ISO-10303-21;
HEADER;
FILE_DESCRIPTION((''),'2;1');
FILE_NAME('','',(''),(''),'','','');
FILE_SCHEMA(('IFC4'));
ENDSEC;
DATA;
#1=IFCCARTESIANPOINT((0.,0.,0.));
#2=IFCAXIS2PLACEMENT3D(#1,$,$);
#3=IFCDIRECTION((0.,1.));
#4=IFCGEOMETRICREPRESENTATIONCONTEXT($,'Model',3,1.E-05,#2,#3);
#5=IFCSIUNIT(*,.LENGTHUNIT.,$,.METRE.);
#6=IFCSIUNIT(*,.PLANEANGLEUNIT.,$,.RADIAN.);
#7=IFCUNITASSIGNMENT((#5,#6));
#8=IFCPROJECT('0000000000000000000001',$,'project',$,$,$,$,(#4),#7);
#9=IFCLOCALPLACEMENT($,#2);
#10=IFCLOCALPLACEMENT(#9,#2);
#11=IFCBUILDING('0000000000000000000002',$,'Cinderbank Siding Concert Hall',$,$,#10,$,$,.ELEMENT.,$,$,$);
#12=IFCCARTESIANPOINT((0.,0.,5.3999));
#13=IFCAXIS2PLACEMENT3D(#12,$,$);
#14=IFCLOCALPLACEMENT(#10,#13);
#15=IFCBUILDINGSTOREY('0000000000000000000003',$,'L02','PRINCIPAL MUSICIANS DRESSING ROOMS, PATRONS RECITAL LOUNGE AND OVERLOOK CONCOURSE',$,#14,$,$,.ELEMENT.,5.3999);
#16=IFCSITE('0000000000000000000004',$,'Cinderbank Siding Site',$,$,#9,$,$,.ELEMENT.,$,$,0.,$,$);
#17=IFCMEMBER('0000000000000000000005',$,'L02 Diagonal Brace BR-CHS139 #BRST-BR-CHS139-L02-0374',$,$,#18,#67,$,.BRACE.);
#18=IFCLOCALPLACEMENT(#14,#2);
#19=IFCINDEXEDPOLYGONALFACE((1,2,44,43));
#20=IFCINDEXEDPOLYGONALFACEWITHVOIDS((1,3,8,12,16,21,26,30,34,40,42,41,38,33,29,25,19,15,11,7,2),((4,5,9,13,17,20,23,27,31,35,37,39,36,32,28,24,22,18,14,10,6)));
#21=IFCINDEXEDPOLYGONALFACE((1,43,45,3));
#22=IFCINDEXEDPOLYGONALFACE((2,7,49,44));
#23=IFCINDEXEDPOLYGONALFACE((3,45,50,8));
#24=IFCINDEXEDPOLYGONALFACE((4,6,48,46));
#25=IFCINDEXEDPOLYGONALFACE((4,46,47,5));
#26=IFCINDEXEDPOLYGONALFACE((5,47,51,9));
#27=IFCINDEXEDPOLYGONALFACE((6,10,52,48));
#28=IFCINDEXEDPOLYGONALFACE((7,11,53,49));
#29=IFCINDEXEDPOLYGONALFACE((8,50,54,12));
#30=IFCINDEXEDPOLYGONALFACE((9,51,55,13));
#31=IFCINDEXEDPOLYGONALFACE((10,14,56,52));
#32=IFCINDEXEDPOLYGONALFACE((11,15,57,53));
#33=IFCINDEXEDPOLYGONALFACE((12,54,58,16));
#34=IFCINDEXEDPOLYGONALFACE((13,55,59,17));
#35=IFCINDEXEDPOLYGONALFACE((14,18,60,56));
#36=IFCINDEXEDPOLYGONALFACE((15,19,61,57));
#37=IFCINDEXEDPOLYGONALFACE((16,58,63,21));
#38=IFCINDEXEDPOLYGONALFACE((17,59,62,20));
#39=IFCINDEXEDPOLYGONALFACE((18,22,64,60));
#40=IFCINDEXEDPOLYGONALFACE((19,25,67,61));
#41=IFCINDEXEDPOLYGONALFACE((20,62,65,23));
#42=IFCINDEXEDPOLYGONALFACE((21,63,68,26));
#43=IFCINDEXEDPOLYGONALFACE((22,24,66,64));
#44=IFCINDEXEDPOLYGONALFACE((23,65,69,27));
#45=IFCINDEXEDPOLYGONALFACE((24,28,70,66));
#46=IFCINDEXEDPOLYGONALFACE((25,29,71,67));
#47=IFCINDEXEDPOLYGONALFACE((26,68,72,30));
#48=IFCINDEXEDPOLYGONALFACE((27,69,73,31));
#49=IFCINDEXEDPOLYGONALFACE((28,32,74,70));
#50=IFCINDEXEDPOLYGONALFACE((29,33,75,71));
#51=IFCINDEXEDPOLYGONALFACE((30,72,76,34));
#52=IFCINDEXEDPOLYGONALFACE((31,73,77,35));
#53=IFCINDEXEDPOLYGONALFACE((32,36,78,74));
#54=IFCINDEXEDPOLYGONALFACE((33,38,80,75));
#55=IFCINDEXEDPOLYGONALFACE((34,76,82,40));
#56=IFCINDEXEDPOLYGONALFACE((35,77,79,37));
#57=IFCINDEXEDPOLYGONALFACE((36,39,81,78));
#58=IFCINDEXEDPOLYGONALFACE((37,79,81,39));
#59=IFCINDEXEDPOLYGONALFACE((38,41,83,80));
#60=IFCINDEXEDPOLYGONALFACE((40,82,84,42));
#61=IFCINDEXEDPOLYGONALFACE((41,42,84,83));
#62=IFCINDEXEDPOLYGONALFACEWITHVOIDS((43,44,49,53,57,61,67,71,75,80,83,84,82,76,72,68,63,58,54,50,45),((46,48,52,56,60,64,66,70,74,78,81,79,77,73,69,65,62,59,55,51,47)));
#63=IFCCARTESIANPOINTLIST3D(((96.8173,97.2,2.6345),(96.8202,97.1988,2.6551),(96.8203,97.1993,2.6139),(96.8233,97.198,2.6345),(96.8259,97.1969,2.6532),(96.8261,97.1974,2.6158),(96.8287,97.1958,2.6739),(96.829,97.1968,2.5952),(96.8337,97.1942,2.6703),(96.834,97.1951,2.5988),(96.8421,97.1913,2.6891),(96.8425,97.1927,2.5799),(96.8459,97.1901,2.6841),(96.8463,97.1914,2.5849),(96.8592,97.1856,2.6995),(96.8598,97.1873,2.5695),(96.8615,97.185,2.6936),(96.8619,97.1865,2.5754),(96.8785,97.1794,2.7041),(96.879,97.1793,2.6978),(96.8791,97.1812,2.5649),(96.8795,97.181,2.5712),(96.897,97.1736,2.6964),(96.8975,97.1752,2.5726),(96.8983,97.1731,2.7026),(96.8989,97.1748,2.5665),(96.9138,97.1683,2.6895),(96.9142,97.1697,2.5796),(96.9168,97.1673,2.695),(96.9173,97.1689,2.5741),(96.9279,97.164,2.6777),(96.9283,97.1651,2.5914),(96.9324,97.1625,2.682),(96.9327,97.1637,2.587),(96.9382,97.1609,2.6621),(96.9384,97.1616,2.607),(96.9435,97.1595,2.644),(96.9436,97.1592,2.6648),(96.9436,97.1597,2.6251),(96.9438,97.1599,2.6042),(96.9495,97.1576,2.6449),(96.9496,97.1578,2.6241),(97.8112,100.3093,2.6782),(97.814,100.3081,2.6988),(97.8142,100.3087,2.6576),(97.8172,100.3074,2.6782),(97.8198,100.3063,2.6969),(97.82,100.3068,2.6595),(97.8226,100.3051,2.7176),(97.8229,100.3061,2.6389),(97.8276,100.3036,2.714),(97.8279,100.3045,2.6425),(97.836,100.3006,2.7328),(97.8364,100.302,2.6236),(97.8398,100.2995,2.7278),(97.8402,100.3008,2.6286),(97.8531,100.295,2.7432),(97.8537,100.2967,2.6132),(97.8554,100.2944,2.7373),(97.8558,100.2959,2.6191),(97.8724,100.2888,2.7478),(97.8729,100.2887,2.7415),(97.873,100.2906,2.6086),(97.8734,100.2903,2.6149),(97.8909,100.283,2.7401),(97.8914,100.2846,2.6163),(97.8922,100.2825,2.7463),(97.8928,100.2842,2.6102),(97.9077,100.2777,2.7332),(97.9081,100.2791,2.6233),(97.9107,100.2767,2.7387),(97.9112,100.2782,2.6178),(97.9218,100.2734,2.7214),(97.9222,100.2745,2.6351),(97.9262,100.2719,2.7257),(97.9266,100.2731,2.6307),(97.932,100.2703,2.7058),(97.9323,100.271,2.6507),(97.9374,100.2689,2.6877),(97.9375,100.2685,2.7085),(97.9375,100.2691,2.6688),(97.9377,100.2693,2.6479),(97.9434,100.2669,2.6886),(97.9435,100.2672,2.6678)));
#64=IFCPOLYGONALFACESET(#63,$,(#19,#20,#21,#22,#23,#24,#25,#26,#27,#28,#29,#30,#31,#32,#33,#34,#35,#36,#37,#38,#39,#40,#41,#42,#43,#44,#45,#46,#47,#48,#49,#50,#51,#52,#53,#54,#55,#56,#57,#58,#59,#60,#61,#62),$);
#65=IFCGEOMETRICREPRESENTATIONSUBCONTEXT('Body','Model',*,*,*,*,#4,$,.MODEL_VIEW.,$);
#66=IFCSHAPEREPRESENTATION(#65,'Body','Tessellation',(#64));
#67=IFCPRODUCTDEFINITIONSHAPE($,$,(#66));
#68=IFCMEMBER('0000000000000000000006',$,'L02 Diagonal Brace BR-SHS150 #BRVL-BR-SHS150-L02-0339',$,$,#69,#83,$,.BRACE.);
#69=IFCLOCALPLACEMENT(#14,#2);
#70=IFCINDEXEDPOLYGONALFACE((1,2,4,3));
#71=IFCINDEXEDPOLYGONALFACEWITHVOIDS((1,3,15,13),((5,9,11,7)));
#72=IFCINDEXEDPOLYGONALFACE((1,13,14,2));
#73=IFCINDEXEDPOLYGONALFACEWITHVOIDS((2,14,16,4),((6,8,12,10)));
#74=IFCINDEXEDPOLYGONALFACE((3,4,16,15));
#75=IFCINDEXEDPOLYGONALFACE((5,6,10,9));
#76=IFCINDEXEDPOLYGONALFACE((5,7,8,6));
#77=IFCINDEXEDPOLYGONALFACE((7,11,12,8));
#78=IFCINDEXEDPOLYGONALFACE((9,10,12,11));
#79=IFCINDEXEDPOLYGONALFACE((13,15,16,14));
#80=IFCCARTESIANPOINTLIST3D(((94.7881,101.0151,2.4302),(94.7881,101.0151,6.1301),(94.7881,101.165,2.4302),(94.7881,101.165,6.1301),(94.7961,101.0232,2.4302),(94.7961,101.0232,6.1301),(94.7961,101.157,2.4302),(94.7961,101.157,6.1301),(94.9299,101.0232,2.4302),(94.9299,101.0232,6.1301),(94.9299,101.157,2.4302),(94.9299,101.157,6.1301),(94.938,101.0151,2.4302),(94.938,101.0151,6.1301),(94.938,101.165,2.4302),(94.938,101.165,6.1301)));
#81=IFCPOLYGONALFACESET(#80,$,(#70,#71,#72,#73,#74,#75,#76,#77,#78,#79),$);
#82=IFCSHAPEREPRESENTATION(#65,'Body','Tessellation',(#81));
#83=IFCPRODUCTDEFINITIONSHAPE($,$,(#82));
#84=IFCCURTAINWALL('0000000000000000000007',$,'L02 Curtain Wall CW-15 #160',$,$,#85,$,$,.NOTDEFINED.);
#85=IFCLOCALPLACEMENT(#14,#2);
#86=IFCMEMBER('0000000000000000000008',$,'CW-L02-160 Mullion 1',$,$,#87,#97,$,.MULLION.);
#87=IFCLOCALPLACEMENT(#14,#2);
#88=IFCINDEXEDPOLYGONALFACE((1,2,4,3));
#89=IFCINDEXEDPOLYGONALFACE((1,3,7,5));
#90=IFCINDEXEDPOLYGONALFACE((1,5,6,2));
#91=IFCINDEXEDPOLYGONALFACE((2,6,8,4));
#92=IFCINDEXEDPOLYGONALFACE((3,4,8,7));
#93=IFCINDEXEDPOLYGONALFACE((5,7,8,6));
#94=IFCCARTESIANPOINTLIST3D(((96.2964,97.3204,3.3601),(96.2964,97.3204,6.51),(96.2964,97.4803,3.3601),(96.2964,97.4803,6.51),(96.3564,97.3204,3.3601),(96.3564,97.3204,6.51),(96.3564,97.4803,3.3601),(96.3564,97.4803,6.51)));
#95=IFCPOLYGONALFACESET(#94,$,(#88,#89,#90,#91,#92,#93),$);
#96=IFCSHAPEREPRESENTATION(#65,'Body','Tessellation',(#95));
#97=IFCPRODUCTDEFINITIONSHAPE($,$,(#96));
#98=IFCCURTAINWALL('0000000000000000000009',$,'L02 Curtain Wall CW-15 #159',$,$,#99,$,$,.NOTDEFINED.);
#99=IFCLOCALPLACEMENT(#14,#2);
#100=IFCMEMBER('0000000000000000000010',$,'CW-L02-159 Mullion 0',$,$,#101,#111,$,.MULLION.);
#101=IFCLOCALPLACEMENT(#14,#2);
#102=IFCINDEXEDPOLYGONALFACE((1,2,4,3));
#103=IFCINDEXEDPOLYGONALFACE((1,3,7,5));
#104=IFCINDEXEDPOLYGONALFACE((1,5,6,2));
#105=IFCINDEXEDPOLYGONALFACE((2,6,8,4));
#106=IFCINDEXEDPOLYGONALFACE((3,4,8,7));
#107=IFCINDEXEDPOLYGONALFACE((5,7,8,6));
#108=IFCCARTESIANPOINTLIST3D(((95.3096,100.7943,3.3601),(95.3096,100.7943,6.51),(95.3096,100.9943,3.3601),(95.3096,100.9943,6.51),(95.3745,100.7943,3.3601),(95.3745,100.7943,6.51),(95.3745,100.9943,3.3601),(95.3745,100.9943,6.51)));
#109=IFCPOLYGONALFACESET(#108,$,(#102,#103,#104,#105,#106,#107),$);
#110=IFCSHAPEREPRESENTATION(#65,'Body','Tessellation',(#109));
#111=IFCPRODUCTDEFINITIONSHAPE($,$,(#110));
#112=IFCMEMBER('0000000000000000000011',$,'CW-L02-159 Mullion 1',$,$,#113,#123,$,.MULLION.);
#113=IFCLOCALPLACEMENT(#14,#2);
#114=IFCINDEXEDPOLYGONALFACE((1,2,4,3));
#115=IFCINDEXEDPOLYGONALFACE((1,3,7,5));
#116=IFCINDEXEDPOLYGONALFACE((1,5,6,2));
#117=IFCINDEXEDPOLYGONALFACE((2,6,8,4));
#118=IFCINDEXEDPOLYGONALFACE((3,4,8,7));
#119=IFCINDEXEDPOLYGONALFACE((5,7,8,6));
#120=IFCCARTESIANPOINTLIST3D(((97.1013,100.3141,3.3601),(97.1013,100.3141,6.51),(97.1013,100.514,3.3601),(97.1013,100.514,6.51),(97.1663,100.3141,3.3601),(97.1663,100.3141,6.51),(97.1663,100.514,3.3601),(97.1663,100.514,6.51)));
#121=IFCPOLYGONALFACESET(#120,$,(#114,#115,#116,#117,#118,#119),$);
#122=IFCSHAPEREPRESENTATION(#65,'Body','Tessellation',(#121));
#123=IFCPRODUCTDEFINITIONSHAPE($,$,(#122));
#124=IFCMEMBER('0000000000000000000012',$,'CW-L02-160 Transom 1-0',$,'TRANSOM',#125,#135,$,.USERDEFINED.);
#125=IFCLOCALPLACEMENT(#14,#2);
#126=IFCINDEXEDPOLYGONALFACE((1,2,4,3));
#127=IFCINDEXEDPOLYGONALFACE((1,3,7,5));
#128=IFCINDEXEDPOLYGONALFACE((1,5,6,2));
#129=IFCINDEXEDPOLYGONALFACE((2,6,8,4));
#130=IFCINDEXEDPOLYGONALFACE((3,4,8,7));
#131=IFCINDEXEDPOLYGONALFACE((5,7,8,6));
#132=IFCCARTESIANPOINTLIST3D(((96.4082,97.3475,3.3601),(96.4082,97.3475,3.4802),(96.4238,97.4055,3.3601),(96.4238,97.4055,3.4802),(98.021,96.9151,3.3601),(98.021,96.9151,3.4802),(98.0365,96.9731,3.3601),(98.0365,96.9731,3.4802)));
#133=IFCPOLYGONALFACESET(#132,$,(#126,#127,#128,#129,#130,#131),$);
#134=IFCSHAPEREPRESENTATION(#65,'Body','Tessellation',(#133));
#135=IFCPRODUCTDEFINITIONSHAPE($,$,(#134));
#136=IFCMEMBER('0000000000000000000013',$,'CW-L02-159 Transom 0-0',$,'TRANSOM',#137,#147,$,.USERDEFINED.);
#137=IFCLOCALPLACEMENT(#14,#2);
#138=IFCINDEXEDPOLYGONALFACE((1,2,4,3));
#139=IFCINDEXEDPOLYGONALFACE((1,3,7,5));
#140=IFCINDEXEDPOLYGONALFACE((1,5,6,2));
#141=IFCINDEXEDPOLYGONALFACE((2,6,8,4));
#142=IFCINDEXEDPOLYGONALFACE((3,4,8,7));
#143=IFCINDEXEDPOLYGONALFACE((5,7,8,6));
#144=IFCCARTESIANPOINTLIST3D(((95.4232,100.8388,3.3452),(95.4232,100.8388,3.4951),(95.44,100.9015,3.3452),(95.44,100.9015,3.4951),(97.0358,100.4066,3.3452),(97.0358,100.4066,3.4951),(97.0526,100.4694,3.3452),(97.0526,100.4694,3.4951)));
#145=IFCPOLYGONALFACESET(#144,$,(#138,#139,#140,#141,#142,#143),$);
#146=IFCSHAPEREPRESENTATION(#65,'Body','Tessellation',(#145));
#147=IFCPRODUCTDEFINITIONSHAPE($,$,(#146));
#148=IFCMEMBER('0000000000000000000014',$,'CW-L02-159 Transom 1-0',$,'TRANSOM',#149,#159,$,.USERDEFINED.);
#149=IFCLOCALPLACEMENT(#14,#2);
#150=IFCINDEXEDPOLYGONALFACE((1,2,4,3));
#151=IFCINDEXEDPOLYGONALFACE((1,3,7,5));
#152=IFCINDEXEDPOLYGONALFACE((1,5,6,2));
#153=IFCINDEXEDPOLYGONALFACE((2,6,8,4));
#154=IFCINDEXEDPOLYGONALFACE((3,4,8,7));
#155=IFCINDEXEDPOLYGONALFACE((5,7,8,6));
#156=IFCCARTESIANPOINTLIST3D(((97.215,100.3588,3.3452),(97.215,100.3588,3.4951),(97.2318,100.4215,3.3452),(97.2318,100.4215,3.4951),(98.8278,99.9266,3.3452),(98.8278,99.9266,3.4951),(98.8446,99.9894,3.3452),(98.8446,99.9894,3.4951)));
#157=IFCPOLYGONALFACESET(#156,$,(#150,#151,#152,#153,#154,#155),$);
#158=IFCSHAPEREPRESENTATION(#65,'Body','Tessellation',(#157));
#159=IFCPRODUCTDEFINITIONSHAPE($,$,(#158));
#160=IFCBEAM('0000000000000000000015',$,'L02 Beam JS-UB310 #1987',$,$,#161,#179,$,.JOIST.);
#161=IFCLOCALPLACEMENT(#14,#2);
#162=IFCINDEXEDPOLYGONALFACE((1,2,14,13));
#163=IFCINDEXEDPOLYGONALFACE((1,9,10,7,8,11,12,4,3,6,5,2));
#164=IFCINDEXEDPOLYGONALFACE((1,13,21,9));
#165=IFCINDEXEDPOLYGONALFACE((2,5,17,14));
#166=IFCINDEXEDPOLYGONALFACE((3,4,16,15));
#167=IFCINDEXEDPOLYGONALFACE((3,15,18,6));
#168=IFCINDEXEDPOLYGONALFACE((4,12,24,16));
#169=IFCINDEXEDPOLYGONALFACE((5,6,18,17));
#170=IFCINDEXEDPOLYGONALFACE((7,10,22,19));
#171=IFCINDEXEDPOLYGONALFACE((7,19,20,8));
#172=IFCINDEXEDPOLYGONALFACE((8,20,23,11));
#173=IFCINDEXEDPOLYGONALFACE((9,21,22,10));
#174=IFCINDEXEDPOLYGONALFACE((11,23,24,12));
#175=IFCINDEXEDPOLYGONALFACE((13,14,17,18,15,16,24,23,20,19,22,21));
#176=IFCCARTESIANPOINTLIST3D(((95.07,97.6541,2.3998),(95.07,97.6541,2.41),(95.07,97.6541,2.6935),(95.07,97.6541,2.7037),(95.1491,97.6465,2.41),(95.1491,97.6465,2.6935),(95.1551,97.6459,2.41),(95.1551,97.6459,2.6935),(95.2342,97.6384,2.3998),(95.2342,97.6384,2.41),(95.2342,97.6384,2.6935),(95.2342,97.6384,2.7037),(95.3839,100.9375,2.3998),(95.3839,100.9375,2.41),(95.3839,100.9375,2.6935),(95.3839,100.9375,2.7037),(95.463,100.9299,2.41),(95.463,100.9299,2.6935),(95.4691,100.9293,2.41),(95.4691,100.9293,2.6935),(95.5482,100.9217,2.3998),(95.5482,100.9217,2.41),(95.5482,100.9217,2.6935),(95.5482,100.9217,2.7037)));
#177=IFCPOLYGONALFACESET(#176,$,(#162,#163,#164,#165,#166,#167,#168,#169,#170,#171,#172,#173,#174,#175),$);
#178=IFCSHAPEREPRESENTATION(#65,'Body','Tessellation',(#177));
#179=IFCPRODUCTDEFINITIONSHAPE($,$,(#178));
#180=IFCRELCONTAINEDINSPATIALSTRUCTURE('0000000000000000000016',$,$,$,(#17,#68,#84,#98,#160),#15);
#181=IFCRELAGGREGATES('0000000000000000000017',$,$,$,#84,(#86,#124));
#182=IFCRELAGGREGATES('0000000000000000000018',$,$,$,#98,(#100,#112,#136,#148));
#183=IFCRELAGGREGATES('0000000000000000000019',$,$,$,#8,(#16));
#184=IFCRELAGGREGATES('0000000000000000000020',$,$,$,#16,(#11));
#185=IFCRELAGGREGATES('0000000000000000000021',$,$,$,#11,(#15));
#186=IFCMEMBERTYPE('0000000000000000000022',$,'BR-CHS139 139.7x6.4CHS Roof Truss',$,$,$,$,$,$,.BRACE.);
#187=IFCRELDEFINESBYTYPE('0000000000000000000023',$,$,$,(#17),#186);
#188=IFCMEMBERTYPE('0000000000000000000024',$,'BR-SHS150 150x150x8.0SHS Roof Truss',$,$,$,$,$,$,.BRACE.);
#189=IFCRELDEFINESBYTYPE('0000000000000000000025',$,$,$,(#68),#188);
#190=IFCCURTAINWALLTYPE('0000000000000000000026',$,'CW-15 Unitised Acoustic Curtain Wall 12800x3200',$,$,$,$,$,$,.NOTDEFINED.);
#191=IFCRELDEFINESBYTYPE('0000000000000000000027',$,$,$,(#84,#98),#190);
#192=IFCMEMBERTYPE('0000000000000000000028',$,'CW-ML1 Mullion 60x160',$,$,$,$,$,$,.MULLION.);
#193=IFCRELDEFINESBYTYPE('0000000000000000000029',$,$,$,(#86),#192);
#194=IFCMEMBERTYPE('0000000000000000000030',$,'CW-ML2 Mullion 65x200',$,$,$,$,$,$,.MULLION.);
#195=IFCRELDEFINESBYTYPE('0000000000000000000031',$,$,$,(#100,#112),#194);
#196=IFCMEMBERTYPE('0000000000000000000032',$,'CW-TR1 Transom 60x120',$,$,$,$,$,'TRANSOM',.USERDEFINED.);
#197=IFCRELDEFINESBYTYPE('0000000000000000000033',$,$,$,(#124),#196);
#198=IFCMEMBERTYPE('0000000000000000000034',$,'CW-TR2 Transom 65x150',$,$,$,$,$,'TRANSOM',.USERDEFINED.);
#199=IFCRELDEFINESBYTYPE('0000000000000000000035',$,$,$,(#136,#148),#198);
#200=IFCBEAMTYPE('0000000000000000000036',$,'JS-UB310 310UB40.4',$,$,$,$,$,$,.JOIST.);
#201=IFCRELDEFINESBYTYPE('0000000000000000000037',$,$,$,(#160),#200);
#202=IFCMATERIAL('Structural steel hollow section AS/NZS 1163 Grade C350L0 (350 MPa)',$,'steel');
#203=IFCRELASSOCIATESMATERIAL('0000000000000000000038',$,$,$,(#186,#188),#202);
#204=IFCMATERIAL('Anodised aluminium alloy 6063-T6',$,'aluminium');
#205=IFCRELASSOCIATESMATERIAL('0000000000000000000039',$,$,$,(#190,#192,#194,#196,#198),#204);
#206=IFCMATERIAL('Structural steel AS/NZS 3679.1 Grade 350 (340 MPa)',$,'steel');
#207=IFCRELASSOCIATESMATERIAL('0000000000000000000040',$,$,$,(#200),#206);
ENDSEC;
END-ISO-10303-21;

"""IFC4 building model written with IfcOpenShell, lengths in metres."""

from ifc_helpers import new_model, si_unit, direction, frame, origin, origin_2d, place, context, subcontext, project, spatial, rectangle, hollow_rectangle, hollow_circle, i_section, extrude, material, material_profile, profile_set, type_object, element, aggregate, save


model = new_model("IFC4")

# Units and contexts
model_context = context("Model", 3, precision=1e-05, world=origin(), true_north=direction((0.0, 1.0)))
body_context = subcontext(model_context, "Body", "Model", "MODEL_VIEW")
ifc_project = project(units=[si_unit("LENGTHUNIT", "METRE"), si_unit("PLANEANGLEUNIT", "RADIAN")], contexts=[model_context])

# Site, building, storey
site_placement = place(None, origin())
site = spatial("IfcSite", under=ifc_project, at=site_placement, Name="Cinderbank Siding Site", CompositionType="ELEMENT", RefElevation=0.0)
building_placement = place(site_placement, origin())
building = spatial("IfcBuilding", under=site, at=building_placement, Name="Cinderbank Siding Concert Hall", CompositionType="ELEMENT")
storey_placement = place(building_placement, frame((0.0, 0.0, 5.3999)))
storey = spatial("IfcBuildingStorey", under=building, at=storey_placement, Name="L02", Description="PRINCIPAL MUSICIANS DRESSING ROOMS, PATRONS RECITAL LOUNGE AND OVERLOOK CONCOURSE", CompositionType="ELEMENT", Elevation=5.3999)

# Members
ifc_material_1 = material(Name="Structural steel hollow section AS/NZS 1163 Grade C350L0 (350 MPa)", Category="steel")
ifc_material_profile_1 = material_profile(ifc_material_1, hollow_circle(Radius=0.0698, WallThickness=0.0063, at=origin_2d()), Name="139.7x6.4CHS", Category="LoadBearing")
ifc_profile_set_1 = profile_set([ifc_material_profile_1], Name="Structural steel hollow section AS/NZS 1163 Grade C350L0 (350 MPa)")
member_type_1 = type_object("IfcMemberType", Name="BR-CHS139 139.7x6.4CHS Roof Truss", PredefinedType="BRACE", material=ifc_profile_set_1)
member_1_placement = place(storey_placement, frame((96.8838, 97.1787, 2.6345), z_axis=(0.304442, 0.952437, 0.013386), x_axis=(-0.952522, 0.304469, 0.0)))
element("IfcMember", 1, at=member_1_placement, inside=storey, type_object=member_type_1, Name="L02 Diagonal Brace BR-CHS139 #BRST-BR-CHS139-L02-0374", PredefinedType="BRACE", context=body_context, shape_type="SweptSolid", body=[
    extrude(hollow_circle(Radius=0.0698, WallThickness=0.0063, at=origin_2d()), origin(), (0.0, 0.0, 1.0), 3.2646),
])
ifc_material_profile_2 = material_profile(ifc_material_1, hollow_rectangle(XDim=0.1499, YDim=0.1499, WallThickness=0.0081, at=origin_2d()), Name="150x150x8.0SHS", Category="LoadBearing")
ifc_profile_set_2 = profile_set([ifc_material_profile_2], Name="Structural steel hollow section AS/NZS 1163 Grade C350L0 (350 MPa)")
member_type_2 = type_object("IfcMemberType", Name="BR-SHS150 150x150x8.0SHS Roof Truss", PredefinedType="BRACE", material=ifc_profile_set_2)
member_2_placement = place(storey_placement, frame((94.863, 101.0901, 2.4302), z_axis=(0.0, 0.0, 1.0), x_axis=(1.0, 0.0, 0.0)))
element("IfcMember", 2, at=member_2_placement, inside=storey, type_object=member_type_2, Name="L02 Diagonal Brace BR-SHS150 #BRVL-BR-SHS150-L02-0339", PredefinedType="BRACE", context=body_context, shape_type="SweptSolid", body=[
    extrude(hollow_rectangle(XDim=0.1499, YDim=0.1499, WallThickness=0.0081, at=origin_2d()), origin(), (0.0, 0.0, 1.0), 3.7),
])

# Curtain wall, member
ifc_material_2 = material(Name="Anodised aluminium alloy 6063-T6", Category="aluminium")
curtain_wall_type = type_object("IfcCurtainWallType", Name="CW-15 Unitised Acoustic Curtain Wall 12800x3200", PredefinedType="NOTDEFINED", material=ifc_material_2)
curtain_wall_1_placement = place(storey_placement, origin())
curtain_wall_1 = element("IfcCurtainWall", 3, at=curtain_wall_1_placement, inside=storey, type_object=curtain_wall_type, Name="L02 Curtain Wall CW-15 #160", PredefinedType="NOTDEFINED")
ifc_material_profile_3 = material_profile(ifc_material_2, rectangle(XDim=0.0601, YDim=0.1599, at=origin_2d()), Name="ALU-MULL-60x160", Category="LoadBearing")
ifc_profile_set_3 = profile_set([ifc_material_profile_3], Name="Anodised aluminium alloy 6063-T6")
member_type_3 = type_object("IfcMemberType", Name="CW-ML1 Mullion 60x160", PredefinedType="MULLION", material=ifc_profile_set_3)
member_3_placement = place(storey_placement, frame((96.3264, 97.4004, 3.3601), z_axis=(0.0, 0.0, 1.0), x_axis=(1.0, 0.0, 0.0)))
member_3 = element("IfcMember", 4, at=member_3_placement, type_object=member_type_3, Name="CW-L02-160 Mullion 1", PredefinedType="MULLION", context=body_context, shape_type="SweptSolid", body=[
    extrude(rectangle(XDim=0.0601, YDim=0.1599, at=origin_2d()), origin(), (0.0, 0.0, 1.0), 3.1499),
])

# Curtain wall, members
curtain_wall_2_placement = place(storey_placement, origin())
curtain_wall_2 = element("IfcCurtainWall", 5, at=curtain_wall_2_placement, inside=storey, type_object=curtain_wall_type, Name="L02 Curtain Wall CW-15 #159", PredefinedType="NOTDEFINED")
ifc_material_profile_4 = material_profile(ifc_material_2, rectangle(XDim=0.0649, YDim=0.2, at=origin_2d()), Name="ALU-MULL-65x200", Category="LoadBearing")
ifc_profile_set_4 = profile_set([ifc_material_profile_4], Name="Anodised aluminium alloy 6063-T6")
member_type_4 = type_object("IfcMemberType", Name="CW-ML2 Mullion 65x200", PredefinedType="MULLION", material=ifc_profile_set_4)
member_4_placement = place(storey_placement, frame((95.342, 100.8943, 3.3601), z_axis=(0.0, 0.0, 1.0), x_axis=(1.0, 0.0, 0.0)))
member_4 = element("IfcMember", 6, at=member_4_placement, type_object=member_type_4, Name="CW-L02-159 Mullion 0", PredefinedType="MULLION", context=body_context, shape_type="SweptSolid", body=[
    extrude(rectangle(XDim=0.0649, YDim=0.2, at=origin_2d()), origin(), (0.0, 0.0, 1.0), 3.1499),
])
member_5_placement = place(storey_placement, frame((97.1338, 100.4141, 3.3601), z_axis=(0.0, 0.0, 1.0), x_axis=(1.0, 0.0, 0.0)))
member_5 = element("IfcMember", 7, at=member_5_placement, type_object=member_type_4, Name="CW-L02-159 Mullion 1", PredefinedType="MULLION", context=body_context, shape_type="SweptSolid", body=[
    extrude(rectangle(XDim=0.0649, YDim=0.2, at=origin_2d()), origin(), (0.0, 0.0, 1.0), 3.1499),
])

# Members
ifc_material_profile_5 = material_profile(ifc_material_2, rectangle(XDim=0.0601, YDim=0.1201, at=origin_2d()), Name="ALU-TRAN-60x120", Category="LoadBearing")
ifc_profile_set_5 = profile_set([ifc_material_profile_5], Name="Anodised aluminium alloy 6063-T6")
member_type_5 = type_object("IfcMemberType", Name="CW-TR1 Transom 60x120", ElementType="TRANSOM", PredefinedType="USERDEFINED", material=ifc_profile_set_5)
member_6_placement = place(storey_placement, frame((96.416, 97.3765, 3.4202), z_axis=(0.965892, -0.258946, 0.0), x_axis=(0.258946, 0.965892, 0.0)))
member_6 = element("IfcMember", 8, at=member_6_placement, type_object=member_type_5, Name="CW-L02-160 Transom 1-0", ObjectType="TRANSOM", PredefinedType="USERDEFINED", context=body_context, shape_type="SweptSolid", body=[
    extrude(rectangle(XDim=0.0601, YDim=0.1201, at=origin_2d()), origin(), (0.0, 0.0, 1.0), 1.6697),
])
ifc_material_profile_6 = material_profile(ifc_material_2, rectangle(XDim=0.0649, YDim=0.1499, at=origin_2d()), Name="ALU-TRAN-65x150", Category="LoadBearing")
ifc_profile_set_6 = profile_set([ifc_material_profile_6], Name="Anodised aluminium alloy 6063-T6")
member_type_6 = type_object("IfcMemberType", Name="CW-TR2 Transom 65x150", ElementType="TRANSOM", PredefinedType="USERDEFINED", material=ifc_profile_set_6)
member_7_placement = place(storey_placement, frame((95.4316, 100.8701, 3.4202), z_axis=(0.965919, -0.258846, 0.0), x_axis=(0.258846, 0.965919, 0.0)))
member_7 = element("IfcMember", 9, at=member_7_placement, type_object=member_type_6, Name="CW-L02-159 Transom 0-0", ObjectType="TRANSOM", PredefinedType="USERDEFINED", context=body_context, shape_type="SweptSolid", body=[
    extrude(rectangle(XDim=0.0649, YDim=0.1499, at=origin_2d()), origin(), (0.0, 0.0, 1.0), 1.6694),
])
member_8_placement = place(storey_placement, frame((97.2234, 100.3901, 3.4202), z_axis=(0.965928, -0.258809, 0.0), x_axis=(0.258809, 0.965928, 0.0)))
member_8 = element("IfcMember", 10, at=member_8_placement, type_object=member_type_6, Name="CW-L02-159 Transom 1-0", ObjectType="TRANSOM", PredefinedType="USERDEFINED", context=body_context, shape_type="SweptSolid", body=[
    extrude(rectangle(XDim=0.0649, YDim=0.1499, at=origin_2d()), origin(), (0.0, 0.0, 1.0), 1.6697),
])

# Beam
ifc_material_3 = material(Name="Structural steel AS/NZS 3679.1 Grade 350 (340 MPa)", Category="steel")
ifc_material_profile_7 = material_profile(ifc_material_3, i_section(OverallWidth=0.165, OverallDepth=0.304, WebThickness=0.0061, FlangeThickness=0.0103, at=origin_2d()), Name="310UB40.4", Category="LoadBearing")
ifc_profile_set_7 = profile_set([ifc_material_profile_7], Name="Structural steel AS/NZS 3679.1 Grade 350 (340 MPa)")
beam_type_1 = type_object("IfcBeamType", Name="JS-UB310 310UB40.4", PredefinedType="JOIST", material=ifc_profile_set_7)
beam_1_placement = place(storey_placement, frame((95.1521, 97.6462, 2.5518), z_axis=(0.095186, 0.995459, 0.0), x_axis=(-0.995459, 0.095186, 0.0)))
element("IfcBeam", 11, at=beam_1_placement, inside=storey, type_object=beam_type_1, Name="L02 Beam JS-UB310 #1987", PredefinedType="JOIST", context=body_context, shape_type="SweptSolid", body=[
    extrude(i_section(OverallWidth=0.165, OverallDepth=0.304, WebThickness=0.0061, FlangeThickness=0.0103, at=origin_2d()), origin(), (0.0, 0.0, 1.0), 3.2983),
])

aggregate(curtain_wall_1, [member_3, member_6])
aggregate(curtain_wall_2, [member_4, member_5, member_7, member_8])

save(model, "model.ifc")
